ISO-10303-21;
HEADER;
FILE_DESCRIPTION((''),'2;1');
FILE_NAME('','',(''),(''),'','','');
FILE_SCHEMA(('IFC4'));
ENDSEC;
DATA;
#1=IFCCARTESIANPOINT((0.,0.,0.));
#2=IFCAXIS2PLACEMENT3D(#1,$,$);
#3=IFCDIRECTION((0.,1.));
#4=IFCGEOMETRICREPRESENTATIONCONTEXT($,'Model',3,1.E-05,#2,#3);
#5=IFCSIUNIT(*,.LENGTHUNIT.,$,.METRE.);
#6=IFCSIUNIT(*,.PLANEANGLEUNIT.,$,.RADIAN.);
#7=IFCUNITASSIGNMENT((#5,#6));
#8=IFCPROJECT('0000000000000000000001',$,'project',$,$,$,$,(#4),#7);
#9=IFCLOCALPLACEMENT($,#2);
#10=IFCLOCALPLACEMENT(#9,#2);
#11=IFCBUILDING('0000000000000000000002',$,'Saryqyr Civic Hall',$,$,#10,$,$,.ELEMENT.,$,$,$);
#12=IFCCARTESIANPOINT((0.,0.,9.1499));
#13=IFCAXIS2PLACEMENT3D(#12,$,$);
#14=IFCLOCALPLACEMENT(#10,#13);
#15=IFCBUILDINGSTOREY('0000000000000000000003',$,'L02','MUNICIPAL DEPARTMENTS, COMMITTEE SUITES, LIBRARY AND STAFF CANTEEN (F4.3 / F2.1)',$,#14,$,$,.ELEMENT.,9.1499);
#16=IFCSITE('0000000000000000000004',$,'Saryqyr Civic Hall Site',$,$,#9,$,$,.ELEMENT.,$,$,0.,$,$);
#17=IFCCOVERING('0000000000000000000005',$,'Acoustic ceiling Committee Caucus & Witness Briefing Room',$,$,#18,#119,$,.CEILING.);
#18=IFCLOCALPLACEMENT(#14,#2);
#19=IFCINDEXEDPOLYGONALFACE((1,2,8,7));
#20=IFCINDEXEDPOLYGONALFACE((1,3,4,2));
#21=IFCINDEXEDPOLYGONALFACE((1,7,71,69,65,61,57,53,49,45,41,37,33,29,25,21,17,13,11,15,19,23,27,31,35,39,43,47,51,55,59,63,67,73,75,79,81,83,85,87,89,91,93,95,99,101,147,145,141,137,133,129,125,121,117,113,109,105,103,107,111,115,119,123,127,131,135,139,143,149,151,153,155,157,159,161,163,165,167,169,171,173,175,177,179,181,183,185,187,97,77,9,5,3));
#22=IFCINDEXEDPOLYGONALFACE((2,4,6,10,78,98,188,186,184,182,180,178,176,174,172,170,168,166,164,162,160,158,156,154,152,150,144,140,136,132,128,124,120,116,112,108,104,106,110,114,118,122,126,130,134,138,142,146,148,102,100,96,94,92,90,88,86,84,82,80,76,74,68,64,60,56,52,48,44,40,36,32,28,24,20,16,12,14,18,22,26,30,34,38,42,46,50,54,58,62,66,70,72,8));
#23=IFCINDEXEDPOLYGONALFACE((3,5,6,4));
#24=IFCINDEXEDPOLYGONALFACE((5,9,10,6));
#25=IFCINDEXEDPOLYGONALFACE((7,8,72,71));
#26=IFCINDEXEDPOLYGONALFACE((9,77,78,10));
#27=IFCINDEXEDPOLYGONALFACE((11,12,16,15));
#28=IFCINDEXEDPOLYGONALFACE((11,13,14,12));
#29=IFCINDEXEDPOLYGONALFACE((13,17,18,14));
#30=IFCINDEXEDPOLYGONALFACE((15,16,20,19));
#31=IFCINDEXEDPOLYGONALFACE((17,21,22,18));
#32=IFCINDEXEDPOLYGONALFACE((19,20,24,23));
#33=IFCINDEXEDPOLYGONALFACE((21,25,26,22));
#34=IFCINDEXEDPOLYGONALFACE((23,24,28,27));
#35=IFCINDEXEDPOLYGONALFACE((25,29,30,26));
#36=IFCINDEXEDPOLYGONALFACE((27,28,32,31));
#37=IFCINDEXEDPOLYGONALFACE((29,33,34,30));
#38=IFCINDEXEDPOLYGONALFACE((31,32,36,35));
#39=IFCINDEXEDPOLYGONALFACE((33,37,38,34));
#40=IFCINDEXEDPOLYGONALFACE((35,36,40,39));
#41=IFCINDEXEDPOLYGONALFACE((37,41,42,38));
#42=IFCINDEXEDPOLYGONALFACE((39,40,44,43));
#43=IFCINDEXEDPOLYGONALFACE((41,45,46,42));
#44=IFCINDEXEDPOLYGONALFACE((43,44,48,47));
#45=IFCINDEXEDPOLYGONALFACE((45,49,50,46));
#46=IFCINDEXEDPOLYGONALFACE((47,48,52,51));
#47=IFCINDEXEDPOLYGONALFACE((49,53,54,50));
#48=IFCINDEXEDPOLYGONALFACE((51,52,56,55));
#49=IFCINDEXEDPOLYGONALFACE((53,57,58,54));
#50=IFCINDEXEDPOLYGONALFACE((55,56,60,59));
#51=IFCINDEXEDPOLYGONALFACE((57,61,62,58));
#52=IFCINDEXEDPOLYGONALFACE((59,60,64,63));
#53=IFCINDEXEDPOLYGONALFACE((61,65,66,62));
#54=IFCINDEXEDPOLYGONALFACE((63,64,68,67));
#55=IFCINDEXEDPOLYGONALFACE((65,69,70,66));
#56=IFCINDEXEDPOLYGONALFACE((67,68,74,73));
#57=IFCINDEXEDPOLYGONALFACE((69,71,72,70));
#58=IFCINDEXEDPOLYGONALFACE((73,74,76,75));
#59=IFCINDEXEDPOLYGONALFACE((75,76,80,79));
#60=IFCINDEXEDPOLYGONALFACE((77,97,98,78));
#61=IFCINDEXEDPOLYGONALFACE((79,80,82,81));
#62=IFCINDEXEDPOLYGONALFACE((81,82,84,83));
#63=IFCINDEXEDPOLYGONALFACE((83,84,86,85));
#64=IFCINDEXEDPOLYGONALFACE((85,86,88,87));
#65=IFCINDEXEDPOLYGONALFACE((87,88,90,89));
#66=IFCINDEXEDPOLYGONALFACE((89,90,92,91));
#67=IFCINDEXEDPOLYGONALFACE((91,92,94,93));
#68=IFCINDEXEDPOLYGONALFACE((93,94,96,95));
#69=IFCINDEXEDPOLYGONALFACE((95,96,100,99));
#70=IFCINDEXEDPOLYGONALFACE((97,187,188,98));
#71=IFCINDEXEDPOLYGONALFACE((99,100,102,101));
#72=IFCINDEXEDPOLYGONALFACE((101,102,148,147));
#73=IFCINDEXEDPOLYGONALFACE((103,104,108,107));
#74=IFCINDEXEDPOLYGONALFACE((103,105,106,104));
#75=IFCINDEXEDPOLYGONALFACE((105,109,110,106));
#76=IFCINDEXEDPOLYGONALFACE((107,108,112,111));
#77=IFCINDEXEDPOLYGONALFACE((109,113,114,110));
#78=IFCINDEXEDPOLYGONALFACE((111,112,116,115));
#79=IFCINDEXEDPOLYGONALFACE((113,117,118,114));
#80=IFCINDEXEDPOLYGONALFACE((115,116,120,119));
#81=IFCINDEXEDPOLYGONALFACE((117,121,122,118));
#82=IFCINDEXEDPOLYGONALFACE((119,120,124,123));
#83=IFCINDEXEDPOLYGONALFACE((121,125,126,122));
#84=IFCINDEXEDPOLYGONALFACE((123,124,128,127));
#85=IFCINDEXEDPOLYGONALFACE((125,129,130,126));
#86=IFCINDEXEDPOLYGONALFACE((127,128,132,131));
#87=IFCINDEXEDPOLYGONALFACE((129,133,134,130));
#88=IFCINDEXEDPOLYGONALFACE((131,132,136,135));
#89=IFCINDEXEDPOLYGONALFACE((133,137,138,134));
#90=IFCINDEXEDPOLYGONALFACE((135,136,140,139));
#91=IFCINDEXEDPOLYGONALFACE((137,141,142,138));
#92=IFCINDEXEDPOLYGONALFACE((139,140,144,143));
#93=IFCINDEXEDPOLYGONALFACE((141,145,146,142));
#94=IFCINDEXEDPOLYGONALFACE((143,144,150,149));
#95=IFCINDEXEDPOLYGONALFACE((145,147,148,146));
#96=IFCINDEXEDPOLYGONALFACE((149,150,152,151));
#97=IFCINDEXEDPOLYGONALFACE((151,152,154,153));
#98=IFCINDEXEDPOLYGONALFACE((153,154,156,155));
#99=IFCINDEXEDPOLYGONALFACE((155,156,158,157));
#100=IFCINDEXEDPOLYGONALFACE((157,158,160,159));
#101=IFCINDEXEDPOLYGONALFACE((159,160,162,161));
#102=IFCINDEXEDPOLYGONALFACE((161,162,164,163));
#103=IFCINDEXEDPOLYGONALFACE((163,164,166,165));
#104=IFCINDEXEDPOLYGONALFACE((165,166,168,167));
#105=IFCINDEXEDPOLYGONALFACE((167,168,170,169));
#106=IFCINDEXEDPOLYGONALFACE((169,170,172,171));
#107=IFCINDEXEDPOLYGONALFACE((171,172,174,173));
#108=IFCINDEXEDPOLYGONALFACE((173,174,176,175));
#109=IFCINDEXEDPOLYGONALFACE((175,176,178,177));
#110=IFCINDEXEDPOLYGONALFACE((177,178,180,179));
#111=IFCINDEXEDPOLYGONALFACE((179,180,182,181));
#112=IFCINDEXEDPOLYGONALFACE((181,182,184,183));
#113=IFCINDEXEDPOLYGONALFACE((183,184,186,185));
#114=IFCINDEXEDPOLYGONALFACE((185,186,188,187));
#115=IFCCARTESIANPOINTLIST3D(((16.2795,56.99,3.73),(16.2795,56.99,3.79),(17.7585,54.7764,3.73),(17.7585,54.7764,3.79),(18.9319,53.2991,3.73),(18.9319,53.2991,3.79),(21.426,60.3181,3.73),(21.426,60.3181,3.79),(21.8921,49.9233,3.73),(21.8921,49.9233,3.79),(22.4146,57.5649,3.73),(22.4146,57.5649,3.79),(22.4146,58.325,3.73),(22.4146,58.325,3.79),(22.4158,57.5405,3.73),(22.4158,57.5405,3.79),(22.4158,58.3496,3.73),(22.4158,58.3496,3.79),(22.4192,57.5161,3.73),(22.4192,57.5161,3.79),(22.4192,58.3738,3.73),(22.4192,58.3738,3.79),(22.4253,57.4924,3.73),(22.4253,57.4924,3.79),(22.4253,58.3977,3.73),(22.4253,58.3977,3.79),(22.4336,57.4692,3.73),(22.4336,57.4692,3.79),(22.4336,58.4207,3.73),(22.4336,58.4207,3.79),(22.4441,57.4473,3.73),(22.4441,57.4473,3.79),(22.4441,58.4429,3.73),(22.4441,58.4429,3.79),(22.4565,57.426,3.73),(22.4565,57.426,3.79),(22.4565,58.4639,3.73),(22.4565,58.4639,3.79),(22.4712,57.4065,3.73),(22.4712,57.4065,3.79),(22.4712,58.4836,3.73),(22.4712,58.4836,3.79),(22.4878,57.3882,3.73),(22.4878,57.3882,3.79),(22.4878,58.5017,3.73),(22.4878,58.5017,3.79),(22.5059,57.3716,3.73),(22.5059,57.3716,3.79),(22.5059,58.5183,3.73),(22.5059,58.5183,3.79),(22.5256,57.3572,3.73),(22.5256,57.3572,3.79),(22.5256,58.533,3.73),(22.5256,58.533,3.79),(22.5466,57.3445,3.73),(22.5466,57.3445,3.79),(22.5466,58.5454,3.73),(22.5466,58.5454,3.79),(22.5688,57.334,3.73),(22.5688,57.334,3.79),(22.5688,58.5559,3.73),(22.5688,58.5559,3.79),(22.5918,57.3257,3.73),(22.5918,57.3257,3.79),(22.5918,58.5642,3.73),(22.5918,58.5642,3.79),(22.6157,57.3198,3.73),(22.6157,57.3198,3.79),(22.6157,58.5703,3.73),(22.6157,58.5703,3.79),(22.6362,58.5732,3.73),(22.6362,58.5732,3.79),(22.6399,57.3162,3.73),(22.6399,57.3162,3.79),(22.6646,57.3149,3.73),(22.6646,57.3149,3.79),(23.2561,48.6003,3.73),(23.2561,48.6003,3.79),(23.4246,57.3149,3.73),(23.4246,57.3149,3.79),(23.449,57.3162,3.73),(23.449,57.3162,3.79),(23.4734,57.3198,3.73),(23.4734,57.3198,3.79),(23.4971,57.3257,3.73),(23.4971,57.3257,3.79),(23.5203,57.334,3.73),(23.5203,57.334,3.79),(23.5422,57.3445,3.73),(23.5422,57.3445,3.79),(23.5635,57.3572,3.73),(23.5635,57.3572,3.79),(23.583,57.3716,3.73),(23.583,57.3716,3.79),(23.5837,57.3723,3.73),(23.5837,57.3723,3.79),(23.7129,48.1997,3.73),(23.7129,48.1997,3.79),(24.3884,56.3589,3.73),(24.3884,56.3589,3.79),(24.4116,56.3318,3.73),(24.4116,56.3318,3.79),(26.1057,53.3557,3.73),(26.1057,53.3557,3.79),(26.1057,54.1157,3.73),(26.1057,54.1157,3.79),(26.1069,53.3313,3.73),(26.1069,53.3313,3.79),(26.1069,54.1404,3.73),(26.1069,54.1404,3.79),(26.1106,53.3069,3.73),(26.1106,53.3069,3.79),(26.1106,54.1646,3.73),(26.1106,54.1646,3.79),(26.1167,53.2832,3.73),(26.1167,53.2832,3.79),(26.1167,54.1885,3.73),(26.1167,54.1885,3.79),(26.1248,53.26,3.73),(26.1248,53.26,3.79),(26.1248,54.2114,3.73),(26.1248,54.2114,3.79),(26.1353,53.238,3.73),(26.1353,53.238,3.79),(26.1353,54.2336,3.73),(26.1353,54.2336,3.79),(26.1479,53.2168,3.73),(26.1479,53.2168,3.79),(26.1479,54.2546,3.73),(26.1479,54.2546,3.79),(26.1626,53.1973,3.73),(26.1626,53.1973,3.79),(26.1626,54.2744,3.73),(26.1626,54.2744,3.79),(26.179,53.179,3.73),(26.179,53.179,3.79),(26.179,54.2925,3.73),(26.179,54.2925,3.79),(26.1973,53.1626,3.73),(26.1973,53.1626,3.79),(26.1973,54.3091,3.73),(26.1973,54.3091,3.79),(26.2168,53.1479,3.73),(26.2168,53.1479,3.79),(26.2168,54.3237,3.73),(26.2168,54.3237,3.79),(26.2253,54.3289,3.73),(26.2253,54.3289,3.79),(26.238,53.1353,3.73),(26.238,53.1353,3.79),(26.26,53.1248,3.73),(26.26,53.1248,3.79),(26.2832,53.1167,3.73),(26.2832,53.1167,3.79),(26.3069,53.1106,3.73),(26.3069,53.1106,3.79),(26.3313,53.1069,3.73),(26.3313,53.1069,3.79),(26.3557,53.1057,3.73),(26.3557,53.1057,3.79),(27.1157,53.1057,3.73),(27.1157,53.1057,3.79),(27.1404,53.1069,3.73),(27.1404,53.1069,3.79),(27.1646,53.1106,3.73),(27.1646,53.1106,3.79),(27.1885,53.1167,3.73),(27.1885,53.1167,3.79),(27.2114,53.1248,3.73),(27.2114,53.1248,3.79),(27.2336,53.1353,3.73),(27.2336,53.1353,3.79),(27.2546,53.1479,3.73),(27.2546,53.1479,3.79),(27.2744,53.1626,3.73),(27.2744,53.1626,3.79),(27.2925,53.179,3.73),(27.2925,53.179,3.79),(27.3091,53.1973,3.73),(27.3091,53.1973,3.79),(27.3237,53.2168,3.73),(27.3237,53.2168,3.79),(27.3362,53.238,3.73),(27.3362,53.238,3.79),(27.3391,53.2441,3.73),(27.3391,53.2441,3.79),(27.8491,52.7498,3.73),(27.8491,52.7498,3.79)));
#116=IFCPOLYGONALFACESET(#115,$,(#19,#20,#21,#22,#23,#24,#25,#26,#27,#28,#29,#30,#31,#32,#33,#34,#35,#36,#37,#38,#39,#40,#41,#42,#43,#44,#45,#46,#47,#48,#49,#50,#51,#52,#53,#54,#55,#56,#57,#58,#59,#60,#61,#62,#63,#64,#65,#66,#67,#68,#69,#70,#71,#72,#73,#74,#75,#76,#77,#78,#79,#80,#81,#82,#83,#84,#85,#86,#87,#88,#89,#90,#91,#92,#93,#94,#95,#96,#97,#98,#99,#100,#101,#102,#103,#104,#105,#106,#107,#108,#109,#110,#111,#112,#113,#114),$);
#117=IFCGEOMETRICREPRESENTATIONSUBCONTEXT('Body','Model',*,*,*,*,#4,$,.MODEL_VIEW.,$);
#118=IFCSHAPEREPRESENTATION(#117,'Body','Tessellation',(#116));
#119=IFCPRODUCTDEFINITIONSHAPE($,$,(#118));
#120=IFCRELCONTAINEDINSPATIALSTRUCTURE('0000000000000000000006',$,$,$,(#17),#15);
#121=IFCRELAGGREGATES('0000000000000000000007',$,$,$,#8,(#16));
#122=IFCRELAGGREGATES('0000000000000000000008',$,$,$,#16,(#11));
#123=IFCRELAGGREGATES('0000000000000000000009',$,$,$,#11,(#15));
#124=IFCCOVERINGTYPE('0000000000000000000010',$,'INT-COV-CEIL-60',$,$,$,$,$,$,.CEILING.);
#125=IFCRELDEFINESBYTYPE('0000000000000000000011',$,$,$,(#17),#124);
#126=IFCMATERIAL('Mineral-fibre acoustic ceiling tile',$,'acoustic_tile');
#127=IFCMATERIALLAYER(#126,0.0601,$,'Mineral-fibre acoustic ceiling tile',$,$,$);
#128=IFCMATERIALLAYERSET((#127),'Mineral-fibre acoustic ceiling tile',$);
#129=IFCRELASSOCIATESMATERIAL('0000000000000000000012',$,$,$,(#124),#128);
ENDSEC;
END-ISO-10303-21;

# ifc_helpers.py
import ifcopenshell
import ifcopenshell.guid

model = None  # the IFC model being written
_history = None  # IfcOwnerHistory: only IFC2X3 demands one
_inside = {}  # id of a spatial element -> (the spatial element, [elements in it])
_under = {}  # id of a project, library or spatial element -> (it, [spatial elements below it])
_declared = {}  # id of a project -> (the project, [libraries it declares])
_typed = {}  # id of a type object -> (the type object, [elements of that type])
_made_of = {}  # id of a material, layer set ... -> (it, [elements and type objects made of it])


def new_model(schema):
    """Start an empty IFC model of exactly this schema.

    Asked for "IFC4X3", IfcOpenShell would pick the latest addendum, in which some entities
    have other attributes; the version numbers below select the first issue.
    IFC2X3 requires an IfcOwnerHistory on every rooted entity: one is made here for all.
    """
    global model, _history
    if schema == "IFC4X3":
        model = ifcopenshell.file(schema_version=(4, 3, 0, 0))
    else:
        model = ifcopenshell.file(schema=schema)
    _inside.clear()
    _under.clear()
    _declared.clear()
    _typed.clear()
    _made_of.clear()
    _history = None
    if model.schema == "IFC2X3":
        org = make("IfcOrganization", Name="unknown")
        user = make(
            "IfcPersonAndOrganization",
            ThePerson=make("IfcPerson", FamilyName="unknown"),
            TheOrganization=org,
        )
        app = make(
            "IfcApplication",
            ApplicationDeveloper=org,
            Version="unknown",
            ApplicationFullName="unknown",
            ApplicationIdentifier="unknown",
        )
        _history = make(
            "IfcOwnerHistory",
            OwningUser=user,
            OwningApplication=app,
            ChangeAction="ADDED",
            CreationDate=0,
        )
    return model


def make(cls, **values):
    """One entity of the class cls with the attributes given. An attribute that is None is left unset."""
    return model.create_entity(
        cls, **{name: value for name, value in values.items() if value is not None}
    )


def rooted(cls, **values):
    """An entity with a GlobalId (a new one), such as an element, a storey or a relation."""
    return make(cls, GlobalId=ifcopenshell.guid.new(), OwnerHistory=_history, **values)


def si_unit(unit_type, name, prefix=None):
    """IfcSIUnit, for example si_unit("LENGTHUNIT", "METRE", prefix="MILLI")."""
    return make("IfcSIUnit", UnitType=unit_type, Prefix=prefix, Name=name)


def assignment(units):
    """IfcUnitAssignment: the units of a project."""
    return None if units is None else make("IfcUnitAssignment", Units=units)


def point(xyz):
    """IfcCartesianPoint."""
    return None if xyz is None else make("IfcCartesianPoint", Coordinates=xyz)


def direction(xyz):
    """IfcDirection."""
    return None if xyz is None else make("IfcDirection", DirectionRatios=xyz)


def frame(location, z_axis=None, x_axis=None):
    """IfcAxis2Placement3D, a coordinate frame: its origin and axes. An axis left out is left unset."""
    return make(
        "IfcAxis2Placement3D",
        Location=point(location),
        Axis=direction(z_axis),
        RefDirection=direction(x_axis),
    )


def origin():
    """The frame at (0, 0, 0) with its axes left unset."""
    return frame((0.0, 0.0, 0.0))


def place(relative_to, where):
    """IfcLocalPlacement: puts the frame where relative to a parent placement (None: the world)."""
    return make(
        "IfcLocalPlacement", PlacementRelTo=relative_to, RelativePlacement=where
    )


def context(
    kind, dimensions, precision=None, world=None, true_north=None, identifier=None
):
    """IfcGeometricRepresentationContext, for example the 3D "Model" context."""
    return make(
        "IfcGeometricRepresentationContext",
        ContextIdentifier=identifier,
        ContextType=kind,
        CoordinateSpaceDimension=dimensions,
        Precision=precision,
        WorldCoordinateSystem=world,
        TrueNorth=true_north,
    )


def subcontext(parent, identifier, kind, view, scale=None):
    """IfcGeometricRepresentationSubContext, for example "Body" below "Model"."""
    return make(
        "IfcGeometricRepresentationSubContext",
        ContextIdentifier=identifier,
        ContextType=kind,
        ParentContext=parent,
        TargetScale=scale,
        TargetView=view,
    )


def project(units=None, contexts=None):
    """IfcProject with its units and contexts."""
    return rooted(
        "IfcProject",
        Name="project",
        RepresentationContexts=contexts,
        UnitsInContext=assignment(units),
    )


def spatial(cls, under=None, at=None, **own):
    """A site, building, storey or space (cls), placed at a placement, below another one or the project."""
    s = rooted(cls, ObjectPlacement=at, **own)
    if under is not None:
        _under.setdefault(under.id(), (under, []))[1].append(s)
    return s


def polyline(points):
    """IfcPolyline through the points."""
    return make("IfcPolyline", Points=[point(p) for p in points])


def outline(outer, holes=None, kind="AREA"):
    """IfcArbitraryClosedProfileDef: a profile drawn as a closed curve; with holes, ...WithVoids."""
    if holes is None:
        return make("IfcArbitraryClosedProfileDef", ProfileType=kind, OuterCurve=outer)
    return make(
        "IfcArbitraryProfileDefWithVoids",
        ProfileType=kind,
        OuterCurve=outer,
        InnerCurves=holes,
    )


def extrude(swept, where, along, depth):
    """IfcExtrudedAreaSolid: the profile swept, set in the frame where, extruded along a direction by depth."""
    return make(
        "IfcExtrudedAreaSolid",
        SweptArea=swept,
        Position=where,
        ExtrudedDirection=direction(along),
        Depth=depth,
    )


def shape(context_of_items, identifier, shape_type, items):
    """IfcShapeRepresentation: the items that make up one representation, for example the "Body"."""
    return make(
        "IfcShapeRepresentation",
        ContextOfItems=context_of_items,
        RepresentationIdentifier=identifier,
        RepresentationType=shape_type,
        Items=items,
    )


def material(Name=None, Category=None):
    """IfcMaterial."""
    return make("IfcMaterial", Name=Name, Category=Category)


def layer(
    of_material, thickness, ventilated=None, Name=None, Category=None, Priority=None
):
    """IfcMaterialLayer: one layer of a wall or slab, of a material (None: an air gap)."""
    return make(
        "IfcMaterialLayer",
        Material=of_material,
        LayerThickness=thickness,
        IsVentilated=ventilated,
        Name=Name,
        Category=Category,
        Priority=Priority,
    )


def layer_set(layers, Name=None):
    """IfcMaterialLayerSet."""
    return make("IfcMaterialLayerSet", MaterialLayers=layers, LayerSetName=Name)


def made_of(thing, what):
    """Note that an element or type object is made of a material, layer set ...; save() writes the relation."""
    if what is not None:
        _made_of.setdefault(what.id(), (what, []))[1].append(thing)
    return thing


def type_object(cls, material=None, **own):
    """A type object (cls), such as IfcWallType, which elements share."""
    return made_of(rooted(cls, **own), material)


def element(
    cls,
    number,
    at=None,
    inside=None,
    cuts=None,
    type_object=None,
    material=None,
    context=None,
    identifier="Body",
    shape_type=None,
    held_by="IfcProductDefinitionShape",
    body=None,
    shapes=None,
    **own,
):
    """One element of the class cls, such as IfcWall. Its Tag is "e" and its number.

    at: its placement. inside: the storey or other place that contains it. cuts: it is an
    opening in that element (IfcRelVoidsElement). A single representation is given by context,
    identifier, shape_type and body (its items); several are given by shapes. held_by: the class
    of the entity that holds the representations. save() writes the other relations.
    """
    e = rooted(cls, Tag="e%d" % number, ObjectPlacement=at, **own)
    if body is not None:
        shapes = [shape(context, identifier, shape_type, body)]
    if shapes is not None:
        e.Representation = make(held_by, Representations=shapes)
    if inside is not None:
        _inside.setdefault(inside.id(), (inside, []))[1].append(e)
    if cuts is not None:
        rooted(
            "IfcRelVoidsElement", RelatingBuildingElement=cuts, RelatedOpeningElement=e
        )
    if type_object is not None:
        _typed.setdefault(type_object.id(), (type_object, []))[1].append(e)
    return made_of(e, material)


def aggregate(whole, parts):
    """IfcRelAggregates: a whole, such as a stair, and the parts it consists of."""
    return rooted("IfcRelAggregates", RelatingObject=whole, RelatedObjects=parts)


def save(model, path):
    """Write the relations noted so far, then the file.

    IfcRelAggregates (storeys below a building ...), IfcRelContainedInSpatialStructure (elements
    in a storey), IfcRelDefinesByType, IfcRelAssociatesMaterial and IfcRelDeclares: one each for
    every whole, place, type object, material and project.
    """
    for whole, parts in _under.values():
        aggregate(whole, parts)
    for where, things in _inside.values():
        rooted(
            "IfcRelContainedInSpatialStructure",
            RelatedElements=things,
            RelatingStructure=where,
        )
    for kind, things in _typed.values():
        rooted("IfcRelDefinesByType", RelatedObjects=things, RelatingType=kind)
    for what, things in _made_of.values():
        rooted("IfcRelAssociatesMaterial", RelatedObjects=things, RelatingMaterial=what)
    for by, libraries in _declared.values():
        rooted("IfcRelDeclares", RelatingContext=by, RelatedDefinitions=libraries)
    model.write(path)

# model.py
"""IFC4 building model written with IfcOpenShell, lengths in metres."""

from ifc_helpers import new_model, si_unit, direction, frame, origin, place, context, subcontext, project, spatial, polyline, outline, extrude, material, layer, layer_set, type_object, element, save


model = new_model("IFC4")

# Units and contexts
model_context = context("Model", 3, precision=1e-05, world=origin(), true_north=direction((0.0, 1.0)))
body_context = subcontext(model_context, "Body", "Model", "MODEL_VIEW")
ifc_project = project(units=[si_unit("LENGTHUNIT", "METRE"), si_unit("PLANEANGLEUNIT", "RADIAN")], contexts=[model_context])

# Site, building, storey
site_placement = place(None, origin())
site = spatial("IfcSite", under=ifc_project, at=site_placement, Name="Saryqyr Civic Hall Site", CompositionType="ELEMENT", RefElevation=0.0)
building_placement = place(site_placement, origin())
building = spatial("IfcBuilding", under=site, at=building_placement, Name="Saryqyr Civic Hall", CompositionType="ELEMENT")
storey_placement = place(building_placement, frame((0.0, 0.0, 9.1499)))
storey = spatial("IfcBuildingStorey", under=building, at=storey_placement, Name="L02", Description="MUNICIPAL DEPARTMENTS, COMMITTEE SUITES, LIBRARY AND STAFF CANTEEN (F4.3 / F2.1)", CompositionType="ELEMENT", Elevation=9.1499)

# Covering
ifc_material_1 = material(Name="Mineral-fibre acoustic ceiling tile", Category="acoustic_tile")
ifc_layer_1 = layer(ifc_material_1, 0.0601, Name="Mineral-fibre acoustic ceiling tile")
ifc_layer_set_1 = layer_set([ifc_layer_1], Name="Mineral-fibre acoustic ceiling tile")
covering_type = type_object("IfcCoveringType", Name="INT-COV-CEIL-60", PredefinedType="CEILING", material=ifc_layer_set_1)
covering_1_placement = place(storey_placement, frame((0.0, 0.0, 3.73)))
element("IfcCovering", 1, at=covering_1_placement, inside=storey, type_object=covering_type, Name="Acoustic ceiling Committee Caucus & Witness Briefing Room", PredefinedType="CEILING", context=body_context, shape_type="SweptSolid", body=[
    extrude(outline(polyline([(22.6157, 58.5703), (22.5918, 58.5642), (22.5688, 58.5559), (22.5466, 58.5454), (22.5256, 58.533), (22.5059, 58.5183), (22.4878, 58.5017), (22.4712, 58.4836), (22.4565, 58.4639), (22.4441, 58.4429), (22.4336, 58.4207), (22.4253, 58.3977), (22.4192, 58.3738), (22.4158, 58.3496), (22.4146, 58.325), (22.4146, 57.5649), (22.4158, 57.5405), (22.4192, 57.5161), (22.4253, 57.4924), (22.4336, 57.4692), (22.4441, 57.4473), (22.4565, 57.426), (22.4712, 57.4065), (22.4878, 57.3882), (22.5059, 57.3716), (22.5256, 57.3572), (22.5466, 57.3445), (22.5688, 57.334), (22.5918, 57.3257), (22.6157, 57.3198), (22.6399, 57.3162), (22.6646, 57.3149), (23.4246, 57.3149), (23.449, 57.3162), (23.4734, 57.3198), (23.4971, 57.3257), (23.5203, 57.334), (23.5422, 57.3445), (23.5635, 57.3572), (23.583, 57.3716), (23.5837, 57.3723), (24.3884, 56.3589), (24.4116, 56.3318), (26.2253, 54.3289), (26.2168, 54.3237), (26.1973, 54.3091), (26.179, 54.2925), (26.1626, 54.2744), (26.1479, 54.2546), (26.1353, 54.2336), (26.1248, 54.2114), (26.1167, 54.1885), (26.1106, 54.1646), (26.1069, 54.1404), (26.1057, 54.1157), (26.1057, 53.3557), (26.1069, 53.3313), (26.1106, 53.3069), (26.1167, 53.2832), (26.1248, 53.26), (26.1353, 53.238), (26.1479, 53.2168), (26.1626, 53.1973), (26.179, 53.179), (26.1973, 53.1626), (26.2168, 53.1479), (26.238, 53.1353), (26.26, 53.1248), (26.2832, 53.1167), (26.3069, 53.1106), (26.3313, 53.1069), (26.3557, 53.1057), (27.1157, 53.1057), (27.1404, 53.1069), (27.1646, 53.1106), (27.1885, 53.1167), (27.2114, 53.1248), (27.2336, 53.1353), (27.2546, 53.1479), (27.2744, 53.1626), (27.2925, 53.179), (27.3091, 53.1973), (27.3237, 53.2168), (27.3362, 53.238), (27.3391, 53.2441), (27.8491, 52.7498), (23.7129, 48.1997), (23.2561, 48.6003), (21.8921, 49.9233), (18.9319, 53.2991), (17.7585, 54.7764), (16.2795, 56.99), (21.426, 60.3181), (22.6362, 58.5732), (22.6157, 58.5703)])), origin(), (0.0, 0.0, 1.0), 0.0601),
])

save(model, "model.ifc")
